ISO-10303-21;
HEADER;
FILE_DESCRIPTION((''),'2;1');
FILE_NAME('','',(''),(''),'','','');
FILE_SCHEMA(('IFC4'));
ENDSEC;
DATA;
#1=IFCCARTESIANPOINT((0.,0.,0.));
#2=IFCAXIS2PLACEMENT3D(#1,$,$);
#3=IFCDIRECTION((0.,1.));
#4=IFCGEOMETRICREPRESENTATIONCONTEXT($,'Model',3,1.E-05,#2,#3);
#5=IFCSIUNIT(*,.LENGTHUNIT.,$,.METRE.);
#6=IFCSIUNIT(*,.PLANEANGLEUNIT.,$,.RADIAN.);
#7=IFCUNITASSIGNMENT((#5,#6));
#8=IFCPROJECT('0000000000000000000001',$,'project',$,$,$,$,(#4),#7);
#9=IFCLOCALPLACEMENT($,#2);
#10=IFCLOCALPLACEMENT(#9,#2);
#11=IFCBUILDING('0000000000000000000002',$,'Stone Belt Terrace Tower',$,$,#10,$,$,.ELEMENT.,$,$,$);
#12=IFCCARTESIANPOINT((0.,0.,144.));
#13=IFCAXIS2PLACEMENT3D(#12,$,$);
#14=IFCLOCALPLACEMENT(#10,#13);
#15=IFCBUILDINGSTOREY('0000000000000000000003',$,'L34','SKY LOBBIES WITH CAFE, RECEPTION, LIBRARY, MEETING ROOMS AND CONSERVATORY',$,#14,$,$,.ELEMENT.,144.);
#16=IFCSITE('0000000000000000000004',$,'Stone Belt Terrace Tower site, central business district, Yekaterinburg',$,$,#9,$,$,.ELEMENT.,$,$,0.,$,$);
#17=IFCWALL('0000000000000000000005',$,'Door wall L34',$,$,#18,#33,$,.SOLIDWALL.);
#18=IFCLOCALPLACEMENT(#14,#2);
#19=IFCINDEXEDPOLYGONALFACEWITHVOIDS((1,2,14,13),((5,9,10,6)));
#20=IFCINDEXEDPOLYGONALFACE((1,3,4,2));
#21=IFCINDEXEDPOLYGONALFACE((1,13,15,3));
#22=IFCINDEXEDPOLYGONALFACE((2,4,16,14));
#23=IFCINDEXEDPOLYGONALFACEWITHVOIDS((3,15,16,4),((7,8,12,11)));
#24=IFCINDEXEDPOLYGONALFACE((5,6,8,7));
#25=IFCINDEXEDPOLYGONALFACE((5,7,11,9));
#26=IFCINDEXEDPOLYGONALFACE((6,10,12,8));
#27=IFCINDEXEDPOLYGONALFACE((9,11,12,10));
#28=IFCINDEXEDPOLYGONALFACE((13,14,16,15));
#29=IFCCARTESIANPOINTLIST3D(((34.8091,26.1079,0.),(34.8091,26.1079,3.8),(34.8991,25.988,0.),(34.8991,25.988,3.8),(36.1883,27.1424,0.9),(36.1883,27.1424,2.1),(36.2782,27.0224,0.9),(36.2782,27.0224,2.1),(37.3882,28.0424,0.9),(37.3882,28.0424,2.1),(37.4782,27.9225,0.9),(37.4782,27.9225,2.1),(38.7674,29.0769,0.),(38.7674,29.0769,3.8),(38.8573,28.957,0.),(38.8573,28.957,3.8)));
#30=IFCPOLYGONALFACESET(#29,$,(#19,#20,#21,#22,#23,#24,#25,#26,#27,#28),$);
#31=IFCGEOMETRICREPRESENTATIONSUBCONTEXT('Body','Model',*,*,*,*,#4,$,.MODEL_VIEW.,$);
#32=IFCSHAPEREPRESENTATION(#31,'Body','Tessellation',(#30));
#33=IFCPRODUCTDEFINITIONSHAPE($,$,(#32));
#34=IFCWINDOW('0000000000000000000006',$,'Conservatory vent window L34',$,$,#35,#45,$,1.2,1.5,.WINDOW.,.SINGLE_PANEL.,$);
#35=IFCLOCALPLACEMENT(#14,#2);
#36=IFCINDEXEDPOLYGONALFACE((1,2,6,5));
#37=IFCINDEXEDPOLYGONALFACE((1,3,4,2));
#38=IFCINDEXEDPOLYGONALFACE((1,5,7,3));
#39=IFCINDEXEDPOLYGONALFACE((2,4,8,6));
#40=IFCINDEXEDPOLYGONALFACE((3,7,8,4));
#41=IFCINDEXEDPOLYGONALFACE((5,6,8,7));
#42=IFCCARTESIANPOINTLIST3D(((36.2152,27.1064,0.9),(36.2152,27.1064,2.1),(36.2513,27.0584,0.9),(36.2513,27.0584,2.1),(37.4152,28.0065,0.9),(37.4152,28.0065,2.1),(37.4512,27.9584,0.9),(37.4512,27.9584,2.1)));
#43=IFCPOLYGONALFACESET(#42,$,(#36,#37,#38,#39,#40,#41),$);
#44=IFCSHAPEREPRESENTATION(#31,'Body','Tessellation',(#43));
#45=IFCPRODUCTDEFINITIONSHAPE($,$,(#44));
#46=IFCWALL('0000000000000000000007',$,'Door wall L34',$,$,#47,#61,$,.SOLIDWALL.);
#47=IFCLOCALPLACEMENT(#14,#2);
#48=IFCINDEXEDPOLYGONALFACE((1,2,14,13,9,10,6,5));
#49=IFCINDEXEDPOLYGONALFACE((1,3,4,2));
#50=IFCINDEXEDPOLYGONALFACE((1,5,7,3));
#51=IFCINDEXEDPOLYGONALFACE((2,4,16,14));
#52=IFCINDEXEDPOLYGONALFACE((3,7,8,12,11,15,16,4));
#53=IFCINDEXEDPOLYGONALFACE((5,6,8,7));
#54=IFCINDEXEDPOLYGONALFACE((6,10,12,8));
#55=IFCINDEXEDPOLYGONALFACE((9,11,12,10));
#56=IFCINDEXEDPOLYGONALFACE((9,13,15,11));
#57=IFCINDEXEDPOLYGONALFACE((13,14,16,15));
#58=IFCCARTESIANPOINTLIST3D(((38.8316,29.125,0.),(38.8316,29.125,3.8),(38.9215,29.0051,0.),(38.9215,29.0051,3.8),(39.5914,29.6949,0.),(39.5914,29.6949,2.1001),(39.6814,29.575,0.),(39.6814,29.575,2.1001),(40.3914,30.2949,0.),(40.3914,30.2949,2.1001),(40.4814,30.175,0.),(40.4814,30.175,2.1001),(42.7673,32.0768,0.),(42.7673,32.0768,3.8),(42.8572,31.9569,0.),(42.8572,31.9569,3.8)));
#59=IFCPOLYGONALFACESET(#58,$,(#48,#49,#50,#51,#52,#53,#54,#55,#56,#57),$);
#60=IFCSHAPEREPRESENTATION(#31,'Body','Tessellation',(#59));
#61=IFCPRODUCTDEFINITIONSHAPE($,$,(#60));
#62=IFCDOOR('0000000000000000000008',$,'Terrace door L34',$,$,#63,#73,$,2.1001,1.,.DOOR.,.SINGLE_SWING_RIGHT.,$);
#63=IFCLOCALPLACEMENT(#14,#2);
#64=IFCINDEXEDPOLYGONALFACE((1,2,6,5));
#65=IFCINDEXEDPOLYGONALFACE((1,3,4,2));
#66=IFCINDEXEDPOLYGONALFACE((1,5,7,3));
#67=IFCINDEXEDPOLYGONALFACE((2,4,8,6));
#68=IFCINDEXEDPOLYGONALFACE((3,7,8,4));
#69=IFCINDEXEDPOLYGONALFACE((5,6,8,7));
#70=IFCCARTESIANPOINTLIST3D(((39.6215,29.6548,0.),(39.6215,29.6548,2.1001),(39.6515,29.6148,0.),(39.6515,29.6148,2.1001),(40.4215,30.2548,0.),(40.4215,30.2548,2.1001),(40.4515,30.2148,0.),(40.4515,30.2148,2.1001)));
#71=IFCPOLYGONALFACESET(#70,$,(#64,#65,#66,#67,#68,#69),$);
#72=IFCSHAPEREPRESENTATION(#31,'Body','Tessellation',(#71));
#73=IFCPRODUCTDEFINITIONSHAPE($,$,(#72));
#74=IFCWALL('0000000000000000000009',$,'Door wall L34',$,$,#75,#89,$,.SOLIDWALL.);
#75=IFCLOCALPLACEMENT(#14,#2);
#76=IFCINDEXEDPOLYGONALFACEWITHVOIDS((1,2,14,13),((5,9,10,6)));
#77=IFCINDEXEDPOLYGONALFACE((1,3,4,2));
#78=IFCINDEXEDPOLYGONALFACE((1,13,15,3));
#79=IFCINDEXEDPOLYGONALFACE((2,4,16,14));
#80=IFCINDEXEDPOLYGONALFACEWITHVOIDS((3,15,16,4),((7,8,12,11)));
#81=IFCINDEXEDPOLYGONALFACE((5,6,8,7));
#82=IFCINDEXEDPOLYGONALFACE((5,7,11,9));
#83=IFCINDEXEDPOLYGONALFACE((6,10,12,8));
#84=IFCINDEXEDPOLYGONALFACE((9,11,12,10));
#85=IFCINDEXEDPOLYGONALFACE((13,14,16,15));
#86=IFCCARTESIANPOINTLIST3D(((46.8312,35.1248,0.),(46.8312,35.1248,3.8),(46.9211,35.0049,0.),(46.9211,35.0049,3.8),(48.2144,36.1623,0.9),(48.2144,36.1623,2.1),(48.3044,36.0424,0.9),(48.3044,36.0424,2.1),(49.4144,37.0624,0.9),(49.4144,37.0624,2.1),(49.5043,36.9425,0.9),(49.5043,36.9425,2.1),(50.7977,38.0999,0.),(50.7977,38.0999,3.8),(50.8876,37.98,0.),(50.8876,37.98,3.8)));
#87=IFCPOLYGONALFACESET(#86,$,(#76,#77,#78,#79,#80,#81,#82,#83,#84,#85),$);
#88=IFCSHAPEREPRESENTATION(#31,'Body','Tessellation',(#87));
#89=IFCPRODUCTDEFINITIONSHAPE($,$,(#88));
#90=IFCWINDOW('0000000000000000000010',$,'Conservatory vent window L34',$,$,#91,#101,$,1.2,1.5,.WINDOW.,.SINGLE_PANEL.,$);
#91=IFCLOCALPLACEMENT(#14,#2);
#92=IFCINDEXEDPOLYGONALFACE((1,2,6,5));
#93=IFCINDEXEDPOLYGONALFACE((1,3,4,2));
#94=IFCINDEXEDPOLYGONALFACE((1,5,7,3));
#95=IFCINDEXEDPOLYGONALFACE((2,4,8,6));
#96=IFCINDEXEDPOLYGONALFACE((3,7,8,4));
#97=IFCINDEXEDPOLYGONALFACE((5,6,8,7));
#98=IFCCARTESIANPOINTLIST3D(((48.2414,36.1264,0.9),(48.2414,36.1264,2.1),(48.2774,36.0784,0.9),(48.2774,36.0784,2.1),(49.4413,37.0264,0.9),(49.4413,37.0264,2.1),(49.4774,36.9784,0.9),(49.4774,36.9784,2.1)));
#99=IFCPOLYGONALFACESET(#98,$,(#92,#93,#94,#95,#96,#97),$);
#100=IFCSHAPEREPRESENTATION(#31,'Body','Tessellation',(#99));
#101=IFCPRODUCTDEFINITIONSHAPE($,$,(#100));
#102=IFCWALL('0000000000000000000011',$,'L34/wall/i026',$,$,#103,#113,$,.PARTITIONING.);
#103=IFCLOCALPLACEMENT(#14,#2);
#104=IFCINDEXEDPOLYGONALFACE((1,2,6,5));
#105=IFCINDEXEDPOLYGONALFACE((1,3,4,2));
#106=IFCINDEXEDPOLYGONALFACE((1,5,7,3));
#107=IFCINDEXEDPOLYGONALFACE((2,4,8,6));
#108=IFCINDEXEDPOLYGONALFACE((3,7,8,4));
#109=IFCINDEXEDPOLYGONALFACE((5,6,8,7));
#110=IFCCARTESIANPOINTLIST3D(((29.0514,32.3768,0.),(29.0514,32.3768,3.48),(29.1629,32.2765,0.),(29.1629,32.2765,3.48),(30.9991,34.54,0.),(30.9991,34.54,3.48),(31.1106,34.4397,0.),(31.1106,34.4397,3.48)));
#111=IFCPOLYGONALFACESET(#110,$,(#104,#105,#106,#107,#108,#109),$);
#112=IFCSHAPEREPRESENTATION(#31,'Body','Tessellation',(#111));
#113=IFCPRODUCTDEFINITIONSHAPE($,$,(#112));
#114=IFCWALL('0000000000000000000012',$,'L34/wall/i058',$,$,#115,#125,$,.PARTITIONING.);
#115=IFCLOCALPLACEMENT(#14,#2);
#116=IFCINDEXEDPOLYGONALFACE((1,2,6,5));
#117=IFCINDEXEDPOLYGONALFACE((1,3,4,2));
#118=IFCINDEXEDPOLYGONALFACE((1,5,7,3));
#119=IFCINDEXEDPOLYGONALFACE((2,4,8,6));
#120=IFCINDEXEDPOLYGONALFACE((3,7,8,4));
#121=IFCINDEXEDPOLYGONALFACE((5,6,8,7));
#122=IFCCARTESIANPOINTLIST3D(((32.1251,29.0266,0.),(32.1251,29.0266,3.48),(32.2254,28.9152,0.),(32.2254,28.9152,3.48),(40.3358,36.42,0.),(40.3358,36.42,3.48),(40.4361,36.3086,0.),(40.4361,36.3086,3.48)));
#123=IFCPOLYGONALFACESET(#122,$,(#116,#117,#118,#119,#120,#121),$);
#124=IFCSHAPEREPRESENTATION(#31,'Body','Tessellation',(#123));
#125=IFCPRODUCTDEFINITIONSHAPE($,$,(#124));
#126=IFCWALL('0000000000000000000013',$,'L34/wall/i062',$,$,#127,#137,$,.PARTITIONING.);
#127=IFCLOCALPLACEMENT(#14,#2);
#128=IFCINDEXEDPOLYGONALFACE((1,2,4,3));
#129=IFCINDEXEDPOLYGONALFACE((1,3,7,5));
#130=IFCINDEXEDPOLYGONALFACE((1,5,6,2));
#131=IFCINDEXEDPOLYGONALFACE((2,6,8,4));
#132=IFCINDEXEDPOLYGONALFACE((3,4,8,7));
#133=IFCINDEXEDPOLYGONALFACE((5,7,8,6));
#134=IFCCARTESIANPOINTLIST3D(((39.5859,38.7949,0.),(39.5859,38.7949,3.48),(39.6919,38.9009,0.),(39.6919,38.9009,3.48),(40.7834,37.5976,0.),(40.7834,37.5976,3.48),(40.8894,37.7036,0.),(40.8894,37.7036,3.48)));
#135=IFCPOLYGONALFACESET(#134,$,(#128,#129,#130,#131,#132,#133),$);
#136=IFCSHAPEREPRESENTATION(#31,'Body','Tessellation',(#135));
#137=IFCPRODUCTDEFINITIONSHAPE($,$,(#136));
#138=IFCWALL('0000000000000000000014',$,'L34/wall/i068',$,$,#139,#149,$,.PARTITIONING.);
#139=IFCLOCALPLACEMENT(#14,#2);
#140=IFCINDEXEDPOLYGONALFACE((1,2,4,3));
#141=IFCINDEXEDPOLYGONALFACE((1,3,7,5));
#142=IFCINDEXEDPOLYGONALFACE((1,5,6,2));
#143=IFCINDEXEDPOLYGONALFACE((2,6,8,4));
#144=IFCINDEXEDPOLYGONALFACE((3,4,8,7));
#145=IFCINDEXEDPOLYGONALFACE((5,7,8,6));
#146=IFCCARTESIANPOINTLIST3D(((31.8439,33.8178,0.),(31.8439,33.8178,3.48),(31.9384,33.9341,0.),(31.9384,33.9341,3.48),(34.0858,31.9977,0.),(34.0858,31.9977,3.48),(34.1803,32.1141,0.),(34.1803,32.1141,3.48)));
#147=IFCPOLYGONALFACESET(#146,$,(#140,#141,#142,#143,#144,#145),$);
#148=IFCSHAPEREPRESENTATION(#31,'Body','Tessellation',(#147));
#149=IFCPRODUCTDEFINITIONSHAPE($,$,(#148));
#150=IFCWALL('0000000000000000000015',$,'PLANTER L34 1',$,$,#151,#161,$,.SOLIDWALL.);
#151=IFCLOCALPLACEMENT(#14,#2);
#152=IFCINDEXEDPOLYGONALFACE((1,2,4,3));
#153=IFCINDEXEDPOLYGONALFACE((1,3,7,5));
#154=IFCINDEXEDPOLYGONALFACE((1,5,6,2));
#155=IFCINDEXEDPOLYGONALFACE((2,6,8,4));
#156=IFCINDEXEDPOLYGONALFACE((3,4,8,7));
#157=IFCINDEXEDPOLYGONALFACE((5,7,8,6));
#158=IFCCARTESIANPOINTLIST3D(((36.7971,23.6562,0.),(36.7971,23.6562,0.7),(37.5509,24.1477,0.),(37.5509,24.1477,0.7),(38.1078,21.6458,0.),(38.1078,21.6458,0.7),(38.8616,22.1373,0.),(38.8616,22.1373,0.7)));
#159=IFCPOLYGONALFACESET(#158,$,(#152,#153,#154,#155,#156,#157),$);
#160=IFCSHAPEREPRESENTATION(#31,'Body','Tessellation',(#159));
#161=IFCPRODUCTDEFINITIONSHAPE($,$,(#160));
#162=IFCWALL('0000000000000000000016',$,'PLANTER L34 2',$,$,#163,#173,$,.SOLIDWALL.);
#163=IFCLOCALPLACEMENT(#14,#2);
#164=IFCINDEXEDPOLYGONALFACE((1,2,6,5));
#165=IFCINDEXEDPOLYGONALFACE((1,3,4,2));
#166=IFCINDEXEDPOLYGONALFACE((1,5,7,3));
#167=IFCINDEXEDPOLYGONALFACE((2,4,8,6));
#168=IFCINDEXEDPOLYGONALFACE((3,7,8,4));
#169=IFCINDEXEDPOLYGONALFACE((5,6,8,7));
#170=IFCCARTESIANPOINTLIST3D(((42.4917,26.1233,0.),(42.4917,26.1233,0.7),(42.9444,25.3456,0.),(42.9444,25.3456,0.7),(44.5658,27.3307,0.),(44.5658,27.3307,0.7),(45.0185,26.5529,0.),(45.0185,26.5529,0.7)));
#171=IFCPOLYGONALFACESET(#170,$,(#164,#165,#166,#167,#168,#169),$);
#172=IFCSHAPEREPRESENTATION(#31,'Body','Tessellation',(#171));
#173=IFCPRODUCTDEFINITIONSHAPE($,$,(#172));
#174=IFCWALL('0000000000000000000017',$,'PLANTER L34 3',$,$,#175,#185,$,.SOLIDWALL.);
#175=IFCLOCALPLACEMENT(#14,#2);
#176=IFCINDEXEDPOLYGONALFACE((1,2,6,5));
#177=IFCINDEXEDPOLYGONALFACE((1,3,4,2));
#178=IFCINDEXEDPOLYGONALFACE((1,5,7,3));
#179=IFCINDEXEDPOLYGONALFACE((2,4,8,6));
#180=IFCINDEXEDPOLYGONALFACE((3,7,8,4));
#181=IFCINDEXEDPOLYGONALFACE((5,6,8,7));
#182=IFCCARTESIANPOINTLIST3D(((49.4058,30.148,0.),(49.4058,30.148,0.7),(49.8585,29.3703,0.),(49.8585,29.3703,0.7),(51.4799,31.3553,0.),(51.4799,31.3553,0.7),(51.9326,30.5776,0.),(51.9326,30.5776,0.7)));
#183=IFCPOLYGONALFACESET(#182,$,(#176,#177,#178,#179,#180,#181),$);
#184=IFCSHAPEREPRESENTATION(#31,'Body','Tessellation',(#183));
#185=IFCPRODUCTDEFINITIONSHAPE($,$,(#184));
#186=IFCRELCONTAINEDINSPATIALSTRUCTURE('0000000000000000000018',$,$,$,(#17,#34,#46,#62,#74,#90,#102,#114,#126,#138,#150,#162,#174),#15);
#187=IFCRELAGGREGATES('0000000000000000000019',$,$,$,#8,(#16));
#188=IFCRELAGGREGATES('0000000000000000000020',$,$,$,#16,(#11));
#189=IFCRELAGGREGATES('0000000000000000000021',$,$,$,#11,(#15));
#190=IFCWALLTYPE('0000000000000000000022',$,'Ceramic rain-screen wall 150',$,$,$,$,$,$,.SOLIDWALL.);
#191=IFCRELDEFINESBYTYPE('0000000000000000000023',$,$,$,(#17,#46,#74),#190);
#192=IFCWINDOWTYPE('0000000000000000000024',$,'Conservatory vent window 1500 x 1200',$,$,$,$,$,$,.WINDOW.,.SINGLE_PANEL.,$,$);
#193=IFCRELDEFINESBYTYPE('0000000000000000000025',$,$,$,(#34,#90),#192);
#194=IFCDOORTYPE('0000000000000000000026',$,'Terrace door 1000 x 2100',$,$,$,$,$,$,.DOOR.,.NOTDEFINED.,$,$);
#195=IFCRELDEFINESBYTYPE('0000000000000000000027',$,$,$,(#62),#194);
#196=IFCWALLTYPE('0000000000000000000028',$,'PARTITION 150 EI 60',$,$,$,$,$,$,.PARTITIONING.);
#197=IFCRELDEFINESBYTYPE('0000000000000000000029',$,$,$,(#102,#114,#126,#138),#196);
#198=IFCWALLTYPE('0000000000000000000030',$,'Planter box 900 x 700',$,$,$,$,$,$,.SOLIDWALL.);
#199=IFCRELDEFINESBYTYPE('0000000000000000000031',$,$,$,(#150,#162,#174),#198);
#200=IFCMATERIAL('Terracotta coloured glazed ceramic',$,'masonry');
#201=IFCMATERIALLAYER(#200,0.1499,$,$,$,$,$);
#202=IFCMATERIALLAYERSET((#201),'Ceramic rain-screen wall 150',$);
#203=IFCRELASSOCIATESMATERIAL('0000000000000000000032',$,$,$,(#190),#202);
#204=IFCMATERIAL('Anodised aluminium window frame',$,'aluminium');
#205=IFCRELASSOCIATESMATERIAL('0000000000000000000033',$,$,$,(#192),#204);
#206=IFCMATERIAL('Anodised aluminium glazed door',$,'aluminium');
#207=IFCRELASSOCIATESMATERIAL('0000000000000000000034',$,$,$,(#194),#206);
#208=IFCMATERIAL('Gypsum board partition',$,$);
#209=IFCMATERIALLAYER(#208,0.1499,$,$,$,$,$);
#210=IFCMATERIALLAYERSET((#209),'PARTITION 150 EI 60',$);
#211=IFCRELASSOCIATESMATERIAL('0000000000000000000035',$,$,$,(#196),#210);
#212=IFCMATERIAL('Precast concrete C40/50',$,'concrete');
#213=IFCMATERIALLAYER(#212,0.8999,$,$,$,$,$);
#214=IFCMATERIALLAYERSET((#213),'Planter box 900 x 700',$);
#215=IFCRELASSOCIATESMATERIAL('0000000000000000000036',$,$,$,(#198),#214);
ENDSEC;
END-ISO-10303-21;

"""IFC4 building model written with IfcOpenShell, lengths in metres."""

from ifc_helpers import new_model, si_unit, direction, frame, frame_2d, origin, origin_2d, place, context, subcontext, project, spatial, rectangle, extrude, material, layer, layer_set, type_object, element, fill, save


model = new_model("IFC4")

# Units and contexts
model_context = context("Model", 3, precision=1e-05, world=origin(), true_north=direction((0.0, 1.0)))
body_context = subcontext(model_context, "Body", "Model", "MODEL_VIEW")
ifc_project = project(units=[si_unit("LENGTHUNIT", "METRE"), si_unit("PLANEANGLEUNIT", "RADIAN")], contexts=[model_context])

# Site, building, storey
site_placement = place(None, origin())
site = spatial("IfcSite", under=ifc_project, at=site_placement, Name="Stone Belt Terrace Tower site, central business district, Yekaterinburg", CompositionType="ELEMENT", RefElevation=0.0)
building_placement = place(site_placement, origin())
building = spatial("IfcBuilding", under=site, at=building_placement, Name="Stone Belt Terrace Tower", CompositionType="ELEMENT")
storey_placement = place(building_placement, frame((0.0, 0.0, 144.0)))
storey = spatial("IfcBuildingStorey", under=building, at=storey_placement, Name="L34", Description="SKY LOBBIES WITH CAFE, RECEPTION, LIBRARY, MEETING ROOMS AND CONSERVATORY", CompositionType="ELEMENT", Elevation=144.0)

# Wall, opening, window
ifc_material_1 = material(Name="Terracotta coloured glazed ceramic", Category="masonry")
ifc_layer_1 = layer(ifc_material_1, 0.1499)
ifc_layer_set_1 = layer_set([ifc_layer_1], Name="Ceramic rain-screen wall 150")
wall_type_1 = type_object("IfcWallType", Name="Ceramic rain-screen wall 150", PredefinedType="SOLIDWALL", material=ifc_layer_set_1)
wall_1_placement = place(storey_placement, frame((34.854, 26.0479, 0.0), z_axis=(0.0, 0.0, 1.0), x_axis=(0.79997, 0.600039, 0.0)))
wall_1 = element("IfcWall", 1, at=wall_1_placement, inside=storey, type_object=wall_type_1, Name="Door wall L34", PredefinedType="SOLIDWALL", context=body_context, shape_type="SweptSolid", body=[
    extrude(rectangle(XDim=4.948, YDim=0.1499, at=frame_2d((2.4741, 0.0))), origin(), (0.0, 0.0, 1.0), 3.8),
])
opening_1_placement = place(wall_1_placement, frame((1.7241, 0.0, 0.8999)))
opening_1 = element("IfcOpeningElement", 2, at=opening_1_placement, cuts=wall_1, PredefinedType="OPENING", context=body_context, shape_type="SweptSolid", body=[
    extrude(rectangle(XDim=1.5, YDim=1.2, at=frame_2d((0.75, 0.6001))), frame((0.0, 0.085, 0.0), z_axis=(0.0, -1.0, 0.0), x_axis=(1.0, 0.0, 0.0)), (0.0, 0.0, 1.0), 0.1699),
])
ifc_material_2 = material(Name="Anodised aluminium window frame", Category="aluminium")
window_type = type_object("IfcWindowType", Name="Conservatory vent window 1500 x 1200", PartitioningType="SINGLE_PANEL", PredefinedType="WINDOW", material=ifc_material_2)
window_1_placement = place(opening_1_placement, origin())
window_1 = element("IfcWindow", 3, at=window_1_placement, inside=storey, type_object=window_type, Name="Conservatory vent window L34", OverallHeight=1.2, OverallWidth=1.5, PartitioningType="SINGLE_PANEL", PredefinedType="WINDOW", context=body_context, shape_type="SweptSolid", body=[
    extrude(rectangle(XDim=1.5, YDim=1.2, at=frame_2d((0.75, 0.6001))), frame((0.0, 0.03, 0.0), z_axis=(0.0, -1.0, 0.0), x_axis=(1.0, 0.0, 0.0)), (0.0, 0.0, 1.0), 0.0601),
])
fill(opening_1, window_1)

# Wall, opening, door
wall_2_placement = place(storey_placement, frame((38.8765, 29.0649, 0.0), z_axis=(0.0, 0.0, 1.0), x_axis=(0.799994, 0.600008, 0.0)))
wall_2 = element("IfcWall", 4, at=wall_2_placement, inside=storey, type_object=wall_type_1, Name="Door wall L34", PredefinedType="SOLIDWALL", context=body_context, shape_type="SweptSolid", body=[
    extrude(rectangle(XDim=4.9197, YDim=0.1499, at=frame_2d((2.46, 0.0))), origin(), (0.0, 0.0, 1.0), 3.8),
])
opening_2_placement = place(wall_2_placement, frame((0.95, 0.0, 0.0)))
opening_2 = element("IfcOpeningElement", 5, at=opening_2_placement, cuts=wall_2, PredefinedType="OPENING", context=body_context, shape_type="SweptSolid", body=[
    extrude(rectangle(XDim=1.0, YDim=2.1001, at=frame_2d((0.5, 1.05))), frame((0.0, 0.085, 0.0), z_axis=(0.0, -1.0, 0.0), x_axis=(1.0, 0.0, 0.0)), (0.0, 0.0, 1.0), 0.1699),
])
ifc_material_3 = material(Name="Anodised aluminium glazed door", Category="aluminium")
door_type_1 = type_object("IfcDoorType", Name="Terrace door 1000 x 2100", OperationType="NOTDEFINED", PredefinedType="DOOR", material=ifc_material_3)
door_1_placement = place(opening_2_placement, origin())
door_1 = element("IfcDoor", 6, at=door_1_placement, inside=storey, type_object=door_type_1, Name="Terrace door L34", OperationType="SINGLE_SWING_RIGHT", OverallHeight=2.1001, OverallWidth=1.0, PredefinedType="DOOR", context=body_context, shape_type="SweptSolid", body=[
    extrude(rectangle(XDim=1.0, YDim=2.1001, at=frame_2d((0.5, 1.05))), frame((0.0, 0.0249, 0.0), z_axis=(0.0, -1.0, 0.0), x_axis=(1.0, 0.0, 0.0)), (0.0, 0.0, 1.0), 0.05),
])
fill(opening_2, door_1)

# Wall, opening, window
wall_3_placement = place(storey_placement, frame((46.8762, 35.0649, 0.0), z_axis=(0.0, 0.0, 1.0), x_axis=(0.799982, 0.600024, 0.0)))
wall_3 = element("IfcWall", 7, at=wall_3_placement, inside=storey, type_object=wall_type_1, Name="Door wall L34", PredefinedType="SOLIDWALL", context=body_context, shape_type="SweptSolid", body=[
    extrude(rectangle(XDim=4.9583, YDim=0.1499, at=frame_2d((2.479, 0.0))), origin(), (0.0, 0.0, 1.0), 3.8),
])
opening_3_placement = place(wall_3_placement, frame((1.729, 0.0, 0.8999)))
opening_3 = element("IfcOpeningElement", 8, at=opening_3_placement, cuts=wall_3, PredefinedType="OPENING", context=body_context, shape_type="SweptSolid", body=[
    extrude(rectangle(XDim=1.5, YDim=1.2, at=frame_2d((0.75, 0.6001))), frame((0.0, 0.085, 0.0), z_axis=(0.0, -1.0, 0.0), x_axis=(1.0, 0.0, 0.0)), (0.0, 0.0, 1.0), 0.1699),
])
window_2_placement = place(opening_3_placement, origin())
window_2 = element("IfcWindow", 9, at=window_2_placement, inside=storey, type_object=window_type, Name="Conservatory vent window L34", OverallHeight=1.2, OverallWidth=1.5, PartitioningType="SINGLE_PANEL", PredefinedType="WINDOW", context=body_context, shape_type="SweptSolid", body=[
    extrude(rectangle(XDim=1.5, YDim=1.2, at=frame_2d((0.75, 0.6001))), frame((0.0, 0.03, 0.0), z_axis=(0.0, -1.0, 0.0), x_axis=(1.0, 0.0, 0.0)), (0.0, 0.0, 1.0), 0.0601),
])
fill(opening_3, window_2)

# Walls
ifc_material_4 = material(Name="Gypsum board partition")
ifc_layer_2 = layer(ifc_material_4, 0.1499)
ifc_layer_set_2 = layer_set([ifc_layer_2], Name="PARTITION 150 EI 60")
wall_type_2 = type_object("IfcWallType", Name="PARTITION 150 EI 60", PredefinedType="PARTITIONING", material=ifc_layer_set_2)
wall_4_placement = place(storey_placement, frame((31.0549, 34.49, 0.0), z_axis=(0.0, 0.0, 1.0), x_axis=(-0.669108, -0.743165, 0.0)))
element("IfcWall", 10, at=wall_4_placement, inside=storey, type_object=wall_type_2, Name="L34/wall/i026", PredefinedType="PARTITIONING", context=body_context, shape_type="SweptSolid", body=[
    extrude(rectangle(XDim=2.9109, YDim=0.1499, at=frame_2d((1.4556, 0.0))), origin(), (0.0, 0.0, 1.0), 3.48),
])
wall_5_placement = place(storey_placement, frame((32.1753, 28.9709, 0.0), z_axis=(0.0, 0.0, 1.0), x_axis=(0.743128, 0.669149, 0.0)))
element("IfcWall", 11, at=wall_5_placement, inside=storey, type_object=wall_type_2, Name="L34/wall/i058", PredefinedType="PARTITIONING", context=body_context, shape_type="SweptSolid", body=[
    extrude(rectangle(XDim=11.0488, YDim=0.1499, at=frame_2d((5.5244, 0.0))), origin(), (0.0, 0.0, 1.0), 3.48),
])
wall_6_placement = place(storey_placement, frame((40.8364, 37.6506, 0.0), z_axis=(0.0, 0.0, 1.0), x_axis=(-0.707179, 0.707035, 0.0)))
element("IfcWall", 12, at=wall_6_placement, inside=storey, type_object=wall_type_2, Name="L34/wall/i062", PredefinedType="PARTITIONING", context=body_context, shape_type="SweptSolid", body=[
    extrude(rectangle(XDim=1.6934, YDim=0.1499, at=frame_2d((0.8467, 0.0))), origin(), (0.0, 0.0, 1.0), 3.48),
])
wall_7_placement = place(storey_placement, frame((34.1331, 32.0559, 0.0), z_axis=(0.0, 0.0, 1.0), x_axis=(-0.77637, 0.630277, 0.0)))
element("IfcWall", 13, at=wall_7_placement, inside=storey, type_object=wall_type_2, Name="L34/wall/i068", PredefinedType="PARTITIONING", context=body_context, shape_type="SweptSolid", body=[
    extrude(rectangle(XDim=2.8877, YDim=0.1499, at=frame_2d((1.4438, 0.0))), origin(), (0.0, 0.0, 1.0), 3.48),
])
ifc_material_5 = material(Name="Precast concrete C40/50", Category="concrete")
ifc_layer_3 = layer(ifc_material_5, 0.8999)
ifc_layer_set_3 = layer_set([ifc_layer_3], Name="Planter box 900 x 700")
wall_type_3 = type_object("IfcWallType", Name="Planter box 900 x 700", PredefinedType="SOLIDWALL", material=ifc_layer_set_3)
for number, where, z_axis, x_axis, name in (
    (14, (37.8293, 22.8967, 0.0), (0.0, 0.0, 1.0), (0.546132, -0.837699, 0.0), "PLANTER L34 1"),
    (15, (43.7551, 26.3381, 0.0), (0.0, 0.0, 1.0), (0.864239, 0.503081, 0.0), "PLANTER L34 2"),
    (16, (50.6692, 30.3628, 0.0), (0.0, 0.0, 1.0), (0.864239, 0.503081, 0.0), "PLANTER L34 3"),
):
    element("IfcWall", number, at=place(storey_placement, frame(where, z_axis=z_axis, x_axis=x_axis)), inside=storey, type_object=wall_type_3, Name=name, PredefinedType="SOLIDWALL", context=body_context, shape_type="SweptSolid", body=[
        extrude(rectangle(XDim=2.3999, YDim=0.8999, at=origin_2d()), origin(), (0.0, 0.0, 1.0), 0.7),
    ])

save(model, "model.ifc")
